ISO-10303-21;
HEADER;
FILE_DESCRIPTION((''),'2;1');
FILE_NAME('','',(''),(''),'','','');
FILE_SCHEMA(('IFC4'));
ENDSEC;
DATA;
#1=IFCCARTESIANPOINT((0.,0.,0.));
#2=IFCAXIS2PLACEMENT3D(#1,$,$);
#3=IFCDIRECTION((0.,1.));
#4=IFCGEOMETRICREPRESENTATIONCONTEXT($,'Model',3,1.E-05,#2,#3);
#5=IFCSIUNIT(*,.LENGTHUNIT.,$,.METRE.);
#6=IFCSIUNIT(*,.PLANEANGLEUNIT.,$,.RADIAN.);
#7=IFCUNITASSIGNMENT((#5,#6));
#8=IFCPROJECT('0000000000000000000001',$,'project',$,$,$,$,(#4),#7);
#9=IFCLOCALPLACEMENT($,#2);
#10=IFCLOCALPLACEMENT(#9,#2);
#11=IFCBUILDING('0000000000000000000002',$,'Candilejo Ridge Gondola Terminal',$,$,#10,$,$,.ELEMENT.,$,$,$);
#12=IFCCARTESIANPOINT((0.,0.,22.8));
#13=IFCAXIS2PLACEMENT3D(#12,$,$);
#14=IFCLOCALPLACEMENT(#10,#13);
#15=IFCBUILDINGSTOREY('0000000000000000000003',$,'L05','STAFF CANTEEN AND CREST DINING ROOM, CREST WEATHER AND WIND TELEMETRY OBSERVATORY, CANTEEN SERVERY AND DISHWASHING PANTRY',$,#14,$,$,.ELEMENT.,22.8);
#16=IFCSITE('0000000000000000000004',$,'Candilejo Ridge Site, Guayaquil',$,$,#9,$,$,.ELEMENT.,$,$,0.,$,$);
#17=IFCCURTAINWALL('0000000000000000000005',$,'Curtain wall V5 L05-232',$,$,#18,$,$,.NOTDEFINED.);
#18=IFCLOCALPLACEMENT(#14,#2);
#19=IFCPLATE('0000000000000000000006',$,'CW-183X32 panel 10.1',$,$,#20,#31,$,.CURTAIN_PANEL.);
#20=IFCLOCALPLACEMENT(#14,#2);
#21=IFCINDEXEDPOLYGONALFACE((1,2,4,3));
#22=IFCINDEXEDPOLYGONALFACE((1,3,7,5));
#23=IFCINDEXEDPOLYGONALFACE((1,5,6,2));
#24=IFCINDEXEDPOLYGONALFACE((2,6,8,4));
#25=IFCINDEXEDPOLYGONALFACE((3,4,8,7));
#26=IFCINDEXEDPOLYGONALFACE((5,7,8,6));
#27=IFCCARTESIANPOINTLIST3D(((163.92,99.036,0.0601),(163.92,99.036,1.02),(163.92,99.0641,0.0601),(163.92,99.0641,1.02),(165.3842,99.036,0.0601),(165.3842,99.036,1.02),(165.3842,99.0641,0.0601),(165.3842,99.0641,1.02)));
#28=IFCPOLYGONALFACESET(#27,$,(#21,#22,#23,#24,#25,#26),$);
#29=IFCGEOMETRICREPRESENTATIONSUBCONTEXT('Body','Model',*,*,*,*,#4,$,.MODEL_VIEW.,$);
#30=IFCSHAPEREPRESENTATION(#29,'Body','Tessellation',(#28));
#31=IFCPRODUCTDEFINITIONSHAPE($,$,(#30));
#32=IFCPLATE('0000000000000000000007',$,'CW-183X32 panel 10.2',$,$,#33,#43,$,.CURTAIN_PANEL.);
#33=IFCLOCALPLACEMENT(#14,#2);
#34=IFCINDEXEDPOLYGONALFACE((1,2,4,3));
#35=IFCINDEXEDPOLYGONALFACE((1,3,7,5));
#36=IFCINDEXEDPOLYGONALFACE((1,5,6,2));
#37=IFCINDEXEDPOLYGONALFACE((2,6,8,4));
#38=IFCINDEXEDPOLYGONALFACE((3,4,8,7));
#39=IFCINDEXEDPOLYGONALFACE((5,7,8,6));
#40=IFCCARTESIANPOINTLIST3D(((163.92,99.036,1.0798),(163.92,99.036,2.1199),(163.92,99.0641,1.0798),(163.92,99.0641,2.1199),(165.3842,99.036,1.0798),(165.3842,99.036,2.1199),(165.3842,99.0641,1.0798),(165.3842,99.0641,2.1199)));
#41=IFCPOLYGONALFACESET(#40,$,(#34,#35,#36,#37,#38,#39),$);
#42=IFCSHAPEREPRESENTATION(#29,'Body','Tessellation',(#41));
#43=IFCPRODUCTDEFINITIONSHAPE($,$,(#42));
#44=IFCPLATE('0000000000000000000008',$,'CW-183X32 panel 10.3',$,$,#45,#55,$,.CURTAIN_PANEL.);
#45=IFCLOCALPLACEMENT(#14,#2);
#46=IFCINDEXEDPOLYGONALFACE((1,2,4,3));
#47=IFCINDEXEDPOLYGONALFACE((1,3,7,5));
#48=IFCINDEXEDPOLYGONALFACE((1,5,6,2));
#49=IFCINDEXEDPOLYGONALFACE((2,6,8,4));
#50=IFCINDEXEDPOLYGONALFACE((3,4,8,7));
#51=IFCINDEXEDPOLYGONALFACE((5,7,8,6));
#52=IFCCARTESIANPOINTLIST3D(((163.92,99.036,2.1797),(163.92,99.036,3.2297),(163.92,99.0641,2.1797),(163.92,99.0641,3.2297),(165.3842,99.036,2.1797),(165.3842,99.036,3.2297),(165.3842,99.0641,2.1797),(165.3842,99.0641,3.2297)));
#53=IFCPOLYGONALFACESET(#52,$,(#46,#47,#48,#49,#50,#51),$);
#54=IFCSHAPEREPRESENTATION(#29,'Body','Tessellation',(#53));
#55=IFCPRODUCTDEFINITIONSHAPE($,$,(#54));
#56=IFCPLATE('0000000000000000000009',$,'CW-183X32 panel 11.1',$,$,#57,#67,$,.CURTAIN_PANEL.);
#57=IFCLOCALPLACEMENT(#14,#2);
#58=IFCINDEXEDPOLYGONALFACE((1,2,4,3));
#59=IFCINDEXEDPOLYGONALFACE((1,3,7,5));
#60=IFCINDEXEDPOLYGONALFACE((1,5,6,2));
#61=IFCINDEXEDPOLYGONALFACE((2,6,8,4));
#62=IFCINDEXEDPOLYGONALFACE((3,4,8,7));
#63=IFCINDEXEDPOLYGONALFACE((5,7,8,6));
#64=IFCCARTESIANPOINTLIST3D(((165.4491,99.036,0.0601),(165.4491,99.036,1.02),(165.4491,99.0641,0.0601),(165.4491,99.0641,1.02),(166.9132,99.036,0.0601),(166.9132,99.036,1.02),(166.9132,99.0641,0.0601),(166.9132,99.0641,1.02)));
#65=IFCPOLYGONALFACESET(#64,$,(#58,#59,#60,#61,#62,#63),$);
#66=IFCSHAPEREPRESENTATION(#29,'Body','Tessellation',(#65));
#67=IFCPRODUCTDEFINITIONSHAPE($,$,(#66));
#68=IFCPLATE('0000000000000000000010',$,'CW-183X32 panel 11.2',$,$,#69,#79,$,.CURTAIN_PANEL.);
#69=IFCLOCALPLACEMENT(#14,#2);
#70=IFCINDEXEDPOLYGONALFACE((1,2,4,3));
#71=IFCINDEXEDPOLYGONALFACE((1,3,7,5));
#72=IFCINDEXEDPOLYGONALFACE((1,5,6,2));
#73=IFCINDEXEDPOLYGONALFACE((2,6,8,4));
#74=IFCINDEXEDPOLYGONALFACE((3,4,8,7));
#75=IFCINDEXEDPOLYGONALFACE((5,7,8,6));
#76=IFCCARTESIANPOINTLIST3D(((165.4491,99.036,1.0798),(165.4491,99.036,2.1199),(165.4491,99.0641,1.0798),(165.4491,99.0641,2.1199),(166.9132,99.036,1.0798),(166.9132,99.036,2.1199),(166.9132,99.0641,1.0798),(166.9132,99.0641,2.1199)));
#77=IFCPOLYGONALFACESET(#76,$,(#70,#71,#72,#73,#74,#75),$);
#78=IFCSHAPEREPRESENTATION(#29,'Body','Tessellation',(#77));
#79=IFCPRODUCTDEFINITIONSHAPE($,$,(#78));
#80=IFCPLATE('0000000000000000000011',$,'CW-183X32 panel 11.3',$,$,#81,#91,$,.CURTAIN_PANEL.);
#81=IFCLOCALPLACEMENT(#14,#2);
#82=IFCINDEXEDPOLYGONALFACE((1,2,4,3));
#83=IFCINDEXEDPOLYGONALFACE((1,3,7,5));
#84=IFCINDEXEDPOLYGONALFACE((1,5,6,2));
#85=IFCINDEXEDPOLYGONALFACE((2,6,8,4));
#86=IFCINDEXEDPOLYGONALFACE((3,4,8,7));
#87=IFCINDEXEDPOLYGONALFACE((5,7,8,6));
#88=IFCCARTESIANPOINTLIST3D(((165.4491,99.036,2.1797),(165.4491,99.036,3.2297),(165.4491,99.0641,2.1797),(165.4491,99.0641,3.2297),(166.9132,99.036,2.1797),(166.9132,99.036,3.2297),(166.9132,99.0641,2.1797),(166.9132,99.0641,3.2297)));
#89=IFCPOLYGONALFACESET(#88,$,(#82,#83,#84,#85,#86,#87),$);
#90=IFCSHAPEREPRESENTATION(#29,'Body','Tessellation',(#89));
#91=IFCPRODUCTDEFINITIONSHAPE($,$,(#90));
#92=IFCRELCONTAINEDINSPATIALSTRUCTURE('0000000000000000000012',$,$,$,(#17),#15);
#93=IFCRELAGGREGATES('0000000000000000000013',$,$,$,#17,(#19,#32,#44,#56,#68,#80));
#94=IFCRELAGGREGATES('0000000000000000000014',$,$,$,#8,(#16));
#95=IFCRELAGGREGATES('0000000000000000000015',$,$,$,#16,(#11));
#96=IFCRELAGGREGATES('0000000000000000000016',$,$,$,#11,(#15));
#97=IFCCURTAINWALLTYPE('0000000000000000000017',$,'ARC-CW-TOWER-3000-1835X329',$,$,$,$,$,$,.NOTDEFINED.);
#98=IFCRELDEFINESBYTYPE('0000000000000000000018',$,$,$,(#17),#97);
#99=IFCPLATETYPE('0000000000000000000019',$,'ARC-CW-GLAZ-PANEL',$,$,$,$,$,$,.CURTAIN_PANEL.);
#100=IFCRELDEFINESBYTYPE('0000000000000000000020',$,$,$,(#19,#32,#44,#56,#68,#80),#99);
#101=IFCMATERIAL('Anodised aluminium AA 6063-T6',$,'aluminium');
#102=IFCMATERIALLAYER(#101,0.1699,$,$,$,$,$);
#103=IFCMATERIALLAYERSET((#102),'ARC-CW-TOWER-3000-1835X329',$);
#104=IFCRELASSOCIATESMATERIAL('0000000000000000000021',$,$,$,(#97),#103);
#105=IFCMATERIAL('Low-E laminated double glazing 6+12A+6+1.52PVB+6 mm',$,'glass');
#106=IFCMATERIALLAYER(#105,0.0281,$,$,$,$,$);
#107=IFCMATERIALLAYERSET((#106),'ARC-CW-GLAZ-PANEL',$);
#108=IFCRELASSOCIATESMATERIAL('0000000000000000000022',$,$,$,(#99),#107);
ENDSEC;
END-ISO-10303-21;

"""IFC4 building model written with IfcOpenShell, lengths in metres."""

from ifc_helpers import new_model, si_unit, direction, frame, origin, origin_2d, place, context, subcontext, project, spatial, rectangle, extrude, material, layer, layer_set, type_object, element, aggregate, save


model = new_model("IFC4")

# Units and contexts
model_context = context("Model", 3, precision=1e-05, world=origin(), true_north=direction((0.0, 1.0)))
body_context = subcontext(model_context, "Body", "Model", "MODEL_VIEW")
ifc_project = project(units=[si_unit("LENGTHUNIT", "METRE"), si_unit("PLANEANGLEUNIT", "RADIAN")], contexts=[model_context])

# Site, building, storey
site_placement = place(None, origin())
site = spatial("IfcSite", under=ifc_project, at=site_placement, Name="Candilejo Ridge Site, Guayaquil", CompositionType="ELEMENT", RefElevation=0.0)
building_placement = place(site_placement, origin())
building = spatial("IfcBuilding", under=site, at=building_placement, Name="Candilejo Ridge Gondola Terminal", CompositionType="ELEMENT")
storey_placement = place(building_placement, frame((0.0, 0.0, 22.8)))
storey = spatial("IfcBuildingStorey", under=building, at=storey_placement, Name="L05", Description="STAFF CANTEEN AND CREST DINING ROOM, CREST WEATHER AND WIND TELEMETRY OBSERVATORY, CANTEEN SERVERY AND DISHWASHING PANTRY", CompositionType="ELEMENT", Elevation=22.8)

# Curtain wall, plates
ifc_material_1 = material(Name="Anodised aluminium AA 6063-T6", Category="aluminium")
ifc_layer_1 = layer(ifc_material_1, 0.1699)
ifc_layer_set_1 = layer_set([ifc_layer_1], Name="ARC-CW-TOWER-3000-1835X329")
curtain_wall_type = type_object("IfcCurtainWallType", Name="ARC-CW-TOWER-3000-1835X329", PredefinedType="NOTDEFINED", material=ifc_layer_set_1)
curtain_wall_placement = place(storey_placement, origin())
curtain_wall = element("IfcCurtainWall", 1, at=curtain_wall_placement, inside=storey, type_object=curtain_wall_type, Name="Curtain wall V5 L05-232", PredefinedType="NOTDEFINED")
ifc_material_2 = material(Name="Low-E laminated double glazing 6+12A+6+1.52PVB+6 mm", Category="glass")
ifc_layer_2 = layer(ifc_material_2, 0.0281)
ifc_layer_set_2 = layer_set([ifc_layer_2], Name="ARC-CW-GLAZ-PANEL")
plate_type = type_object("IfcPlateType", Name="ARC-CW-GLAZ-PANEL", PredefinedType="CURTAIN_PANEL", material=ifc_layer_set_2)
plate_1_placement = place(storey_placement, frame((164.6521, 99.05, 0.0601), z_axis=(0.0, 0.0, 1.0), x_axis=(1.0, 0.0, 0.0)))
plate_1 = element("IfcPlate", 2, at=plate_1_placement, type_object=plate_type, Name="CW-183X32 panel 10.1", PredefinedType="CURTAIN_PANEL", context=body_context, shape_type="SweptSolid", body=[
    extrude(rectangle(XDim=1.4641, YDim=0.0281, at=origin_2d()), origin(), (0.0, 0.0, 1.0), 0.96),
])
plate_2_placement = place(storey_placement, frame((164.6521, 99.05, 1.0798), z_axis=(0.0, 0.0, 1.0), x_axis=(1.0, 0.0, 0.0)))
plate_2 = element("IfcPlate", 3, at=plate_2_placement, type_object=plate_type, Name="CW-183X32 panel 10.2", PredefinedType="CURTAIN_PANEL", context=body_context, shape_type="SweptSolid", body=[
    extrude(rectangle(XDim=1.4641, YDim=0.0281, at=origin_2d()), origin(), (0.0, 0.0, 1.0), 1.04),
])
plate_3_placement = place(storey_placement, frame((164.6521, 99.05, 2.1797), z_axis=(0.0, 0.0, 1.0), x_axis=(1.0, 0.0, 0.0)))
plate_3 = element("IfcPlate", 4, at=plate_3_placement, type_object=plate_type, Name="CW-183X32 panel 10.3", PredefinedType="CURTAIN_PANEL", context=body_context, shape_type="SweptSolid", body=[
    extrude(rectangle(XDim=1.4641, YDim=0.0281, at=origin_2d()), origin(), (0.0, 0.0, 1.0), 1.05),
])
plate_4_placement = place(storey_placement, frame((166.1812, 99.05, 0.0601), z_axis=(0.0, 0.0, 1.0), x_axis=(1.0, 0.0, 0.0)))
plate_4 = element("IfcPlate", 5, at=plate_4_placement, type_object=plate_type, Name="CW-183X32 panel 11.1", PredefinedType="CURTAIN_PANEL", context=body_context, shape_type="SweptSolid", body=[
    extrude(rectangle(XDim=1.4641, YDim=0.0281, at=origin_2d()), origin(), (0.0, 0.0, 1.0), 0.96),
])
plate_5_placement = place(storey_placement, frame((166.1812, 99.05, 1.0798), z_axis=(0.0, 0.0, 1.0), x_axis=(1.0, 0.0, 0.0)))
plate_5 = element("IfcPlate", 6, at=plate_5_placement, type_object=plate_type, Name="CW-183X32 panel 11.2", PredefinedType="CURTAIN_PANEL", context=body_context, shape_type="SweptSolid", body=[
    extrude(rectangle(XDim=1.4641, YDim=0.0281, at=origin_2d()), origin(), (0.0, 0.0, 1.0), 1.04),
])
plate_6_placement = place(storey_placement, frame((166.1812, 99.05, 2.1797), z_axis=(0.0, 0.0, 1.0), x_axis=(1.0, 0.0, 0.0)))
plate_6 = element("IfcPlate", 7, at=plate_6_placement, type_object=plate_type, Name="CW-183X32 panel 11.3", PredefinedType="CURTAIN_PANEL", context=body_context, shape_type="SweptSolid", body=[
    extrude(rectangle(XDim=1.4641, YDim=0.0281, at=origin_2d()), origin(), (0.0, 0.0, 1.0), 1.05),
])
aggregate(curtain_wall, [plate_1, plate_2, plate_3, plate_4, plate_5, plate_6])

save(model, "model.ifc")
